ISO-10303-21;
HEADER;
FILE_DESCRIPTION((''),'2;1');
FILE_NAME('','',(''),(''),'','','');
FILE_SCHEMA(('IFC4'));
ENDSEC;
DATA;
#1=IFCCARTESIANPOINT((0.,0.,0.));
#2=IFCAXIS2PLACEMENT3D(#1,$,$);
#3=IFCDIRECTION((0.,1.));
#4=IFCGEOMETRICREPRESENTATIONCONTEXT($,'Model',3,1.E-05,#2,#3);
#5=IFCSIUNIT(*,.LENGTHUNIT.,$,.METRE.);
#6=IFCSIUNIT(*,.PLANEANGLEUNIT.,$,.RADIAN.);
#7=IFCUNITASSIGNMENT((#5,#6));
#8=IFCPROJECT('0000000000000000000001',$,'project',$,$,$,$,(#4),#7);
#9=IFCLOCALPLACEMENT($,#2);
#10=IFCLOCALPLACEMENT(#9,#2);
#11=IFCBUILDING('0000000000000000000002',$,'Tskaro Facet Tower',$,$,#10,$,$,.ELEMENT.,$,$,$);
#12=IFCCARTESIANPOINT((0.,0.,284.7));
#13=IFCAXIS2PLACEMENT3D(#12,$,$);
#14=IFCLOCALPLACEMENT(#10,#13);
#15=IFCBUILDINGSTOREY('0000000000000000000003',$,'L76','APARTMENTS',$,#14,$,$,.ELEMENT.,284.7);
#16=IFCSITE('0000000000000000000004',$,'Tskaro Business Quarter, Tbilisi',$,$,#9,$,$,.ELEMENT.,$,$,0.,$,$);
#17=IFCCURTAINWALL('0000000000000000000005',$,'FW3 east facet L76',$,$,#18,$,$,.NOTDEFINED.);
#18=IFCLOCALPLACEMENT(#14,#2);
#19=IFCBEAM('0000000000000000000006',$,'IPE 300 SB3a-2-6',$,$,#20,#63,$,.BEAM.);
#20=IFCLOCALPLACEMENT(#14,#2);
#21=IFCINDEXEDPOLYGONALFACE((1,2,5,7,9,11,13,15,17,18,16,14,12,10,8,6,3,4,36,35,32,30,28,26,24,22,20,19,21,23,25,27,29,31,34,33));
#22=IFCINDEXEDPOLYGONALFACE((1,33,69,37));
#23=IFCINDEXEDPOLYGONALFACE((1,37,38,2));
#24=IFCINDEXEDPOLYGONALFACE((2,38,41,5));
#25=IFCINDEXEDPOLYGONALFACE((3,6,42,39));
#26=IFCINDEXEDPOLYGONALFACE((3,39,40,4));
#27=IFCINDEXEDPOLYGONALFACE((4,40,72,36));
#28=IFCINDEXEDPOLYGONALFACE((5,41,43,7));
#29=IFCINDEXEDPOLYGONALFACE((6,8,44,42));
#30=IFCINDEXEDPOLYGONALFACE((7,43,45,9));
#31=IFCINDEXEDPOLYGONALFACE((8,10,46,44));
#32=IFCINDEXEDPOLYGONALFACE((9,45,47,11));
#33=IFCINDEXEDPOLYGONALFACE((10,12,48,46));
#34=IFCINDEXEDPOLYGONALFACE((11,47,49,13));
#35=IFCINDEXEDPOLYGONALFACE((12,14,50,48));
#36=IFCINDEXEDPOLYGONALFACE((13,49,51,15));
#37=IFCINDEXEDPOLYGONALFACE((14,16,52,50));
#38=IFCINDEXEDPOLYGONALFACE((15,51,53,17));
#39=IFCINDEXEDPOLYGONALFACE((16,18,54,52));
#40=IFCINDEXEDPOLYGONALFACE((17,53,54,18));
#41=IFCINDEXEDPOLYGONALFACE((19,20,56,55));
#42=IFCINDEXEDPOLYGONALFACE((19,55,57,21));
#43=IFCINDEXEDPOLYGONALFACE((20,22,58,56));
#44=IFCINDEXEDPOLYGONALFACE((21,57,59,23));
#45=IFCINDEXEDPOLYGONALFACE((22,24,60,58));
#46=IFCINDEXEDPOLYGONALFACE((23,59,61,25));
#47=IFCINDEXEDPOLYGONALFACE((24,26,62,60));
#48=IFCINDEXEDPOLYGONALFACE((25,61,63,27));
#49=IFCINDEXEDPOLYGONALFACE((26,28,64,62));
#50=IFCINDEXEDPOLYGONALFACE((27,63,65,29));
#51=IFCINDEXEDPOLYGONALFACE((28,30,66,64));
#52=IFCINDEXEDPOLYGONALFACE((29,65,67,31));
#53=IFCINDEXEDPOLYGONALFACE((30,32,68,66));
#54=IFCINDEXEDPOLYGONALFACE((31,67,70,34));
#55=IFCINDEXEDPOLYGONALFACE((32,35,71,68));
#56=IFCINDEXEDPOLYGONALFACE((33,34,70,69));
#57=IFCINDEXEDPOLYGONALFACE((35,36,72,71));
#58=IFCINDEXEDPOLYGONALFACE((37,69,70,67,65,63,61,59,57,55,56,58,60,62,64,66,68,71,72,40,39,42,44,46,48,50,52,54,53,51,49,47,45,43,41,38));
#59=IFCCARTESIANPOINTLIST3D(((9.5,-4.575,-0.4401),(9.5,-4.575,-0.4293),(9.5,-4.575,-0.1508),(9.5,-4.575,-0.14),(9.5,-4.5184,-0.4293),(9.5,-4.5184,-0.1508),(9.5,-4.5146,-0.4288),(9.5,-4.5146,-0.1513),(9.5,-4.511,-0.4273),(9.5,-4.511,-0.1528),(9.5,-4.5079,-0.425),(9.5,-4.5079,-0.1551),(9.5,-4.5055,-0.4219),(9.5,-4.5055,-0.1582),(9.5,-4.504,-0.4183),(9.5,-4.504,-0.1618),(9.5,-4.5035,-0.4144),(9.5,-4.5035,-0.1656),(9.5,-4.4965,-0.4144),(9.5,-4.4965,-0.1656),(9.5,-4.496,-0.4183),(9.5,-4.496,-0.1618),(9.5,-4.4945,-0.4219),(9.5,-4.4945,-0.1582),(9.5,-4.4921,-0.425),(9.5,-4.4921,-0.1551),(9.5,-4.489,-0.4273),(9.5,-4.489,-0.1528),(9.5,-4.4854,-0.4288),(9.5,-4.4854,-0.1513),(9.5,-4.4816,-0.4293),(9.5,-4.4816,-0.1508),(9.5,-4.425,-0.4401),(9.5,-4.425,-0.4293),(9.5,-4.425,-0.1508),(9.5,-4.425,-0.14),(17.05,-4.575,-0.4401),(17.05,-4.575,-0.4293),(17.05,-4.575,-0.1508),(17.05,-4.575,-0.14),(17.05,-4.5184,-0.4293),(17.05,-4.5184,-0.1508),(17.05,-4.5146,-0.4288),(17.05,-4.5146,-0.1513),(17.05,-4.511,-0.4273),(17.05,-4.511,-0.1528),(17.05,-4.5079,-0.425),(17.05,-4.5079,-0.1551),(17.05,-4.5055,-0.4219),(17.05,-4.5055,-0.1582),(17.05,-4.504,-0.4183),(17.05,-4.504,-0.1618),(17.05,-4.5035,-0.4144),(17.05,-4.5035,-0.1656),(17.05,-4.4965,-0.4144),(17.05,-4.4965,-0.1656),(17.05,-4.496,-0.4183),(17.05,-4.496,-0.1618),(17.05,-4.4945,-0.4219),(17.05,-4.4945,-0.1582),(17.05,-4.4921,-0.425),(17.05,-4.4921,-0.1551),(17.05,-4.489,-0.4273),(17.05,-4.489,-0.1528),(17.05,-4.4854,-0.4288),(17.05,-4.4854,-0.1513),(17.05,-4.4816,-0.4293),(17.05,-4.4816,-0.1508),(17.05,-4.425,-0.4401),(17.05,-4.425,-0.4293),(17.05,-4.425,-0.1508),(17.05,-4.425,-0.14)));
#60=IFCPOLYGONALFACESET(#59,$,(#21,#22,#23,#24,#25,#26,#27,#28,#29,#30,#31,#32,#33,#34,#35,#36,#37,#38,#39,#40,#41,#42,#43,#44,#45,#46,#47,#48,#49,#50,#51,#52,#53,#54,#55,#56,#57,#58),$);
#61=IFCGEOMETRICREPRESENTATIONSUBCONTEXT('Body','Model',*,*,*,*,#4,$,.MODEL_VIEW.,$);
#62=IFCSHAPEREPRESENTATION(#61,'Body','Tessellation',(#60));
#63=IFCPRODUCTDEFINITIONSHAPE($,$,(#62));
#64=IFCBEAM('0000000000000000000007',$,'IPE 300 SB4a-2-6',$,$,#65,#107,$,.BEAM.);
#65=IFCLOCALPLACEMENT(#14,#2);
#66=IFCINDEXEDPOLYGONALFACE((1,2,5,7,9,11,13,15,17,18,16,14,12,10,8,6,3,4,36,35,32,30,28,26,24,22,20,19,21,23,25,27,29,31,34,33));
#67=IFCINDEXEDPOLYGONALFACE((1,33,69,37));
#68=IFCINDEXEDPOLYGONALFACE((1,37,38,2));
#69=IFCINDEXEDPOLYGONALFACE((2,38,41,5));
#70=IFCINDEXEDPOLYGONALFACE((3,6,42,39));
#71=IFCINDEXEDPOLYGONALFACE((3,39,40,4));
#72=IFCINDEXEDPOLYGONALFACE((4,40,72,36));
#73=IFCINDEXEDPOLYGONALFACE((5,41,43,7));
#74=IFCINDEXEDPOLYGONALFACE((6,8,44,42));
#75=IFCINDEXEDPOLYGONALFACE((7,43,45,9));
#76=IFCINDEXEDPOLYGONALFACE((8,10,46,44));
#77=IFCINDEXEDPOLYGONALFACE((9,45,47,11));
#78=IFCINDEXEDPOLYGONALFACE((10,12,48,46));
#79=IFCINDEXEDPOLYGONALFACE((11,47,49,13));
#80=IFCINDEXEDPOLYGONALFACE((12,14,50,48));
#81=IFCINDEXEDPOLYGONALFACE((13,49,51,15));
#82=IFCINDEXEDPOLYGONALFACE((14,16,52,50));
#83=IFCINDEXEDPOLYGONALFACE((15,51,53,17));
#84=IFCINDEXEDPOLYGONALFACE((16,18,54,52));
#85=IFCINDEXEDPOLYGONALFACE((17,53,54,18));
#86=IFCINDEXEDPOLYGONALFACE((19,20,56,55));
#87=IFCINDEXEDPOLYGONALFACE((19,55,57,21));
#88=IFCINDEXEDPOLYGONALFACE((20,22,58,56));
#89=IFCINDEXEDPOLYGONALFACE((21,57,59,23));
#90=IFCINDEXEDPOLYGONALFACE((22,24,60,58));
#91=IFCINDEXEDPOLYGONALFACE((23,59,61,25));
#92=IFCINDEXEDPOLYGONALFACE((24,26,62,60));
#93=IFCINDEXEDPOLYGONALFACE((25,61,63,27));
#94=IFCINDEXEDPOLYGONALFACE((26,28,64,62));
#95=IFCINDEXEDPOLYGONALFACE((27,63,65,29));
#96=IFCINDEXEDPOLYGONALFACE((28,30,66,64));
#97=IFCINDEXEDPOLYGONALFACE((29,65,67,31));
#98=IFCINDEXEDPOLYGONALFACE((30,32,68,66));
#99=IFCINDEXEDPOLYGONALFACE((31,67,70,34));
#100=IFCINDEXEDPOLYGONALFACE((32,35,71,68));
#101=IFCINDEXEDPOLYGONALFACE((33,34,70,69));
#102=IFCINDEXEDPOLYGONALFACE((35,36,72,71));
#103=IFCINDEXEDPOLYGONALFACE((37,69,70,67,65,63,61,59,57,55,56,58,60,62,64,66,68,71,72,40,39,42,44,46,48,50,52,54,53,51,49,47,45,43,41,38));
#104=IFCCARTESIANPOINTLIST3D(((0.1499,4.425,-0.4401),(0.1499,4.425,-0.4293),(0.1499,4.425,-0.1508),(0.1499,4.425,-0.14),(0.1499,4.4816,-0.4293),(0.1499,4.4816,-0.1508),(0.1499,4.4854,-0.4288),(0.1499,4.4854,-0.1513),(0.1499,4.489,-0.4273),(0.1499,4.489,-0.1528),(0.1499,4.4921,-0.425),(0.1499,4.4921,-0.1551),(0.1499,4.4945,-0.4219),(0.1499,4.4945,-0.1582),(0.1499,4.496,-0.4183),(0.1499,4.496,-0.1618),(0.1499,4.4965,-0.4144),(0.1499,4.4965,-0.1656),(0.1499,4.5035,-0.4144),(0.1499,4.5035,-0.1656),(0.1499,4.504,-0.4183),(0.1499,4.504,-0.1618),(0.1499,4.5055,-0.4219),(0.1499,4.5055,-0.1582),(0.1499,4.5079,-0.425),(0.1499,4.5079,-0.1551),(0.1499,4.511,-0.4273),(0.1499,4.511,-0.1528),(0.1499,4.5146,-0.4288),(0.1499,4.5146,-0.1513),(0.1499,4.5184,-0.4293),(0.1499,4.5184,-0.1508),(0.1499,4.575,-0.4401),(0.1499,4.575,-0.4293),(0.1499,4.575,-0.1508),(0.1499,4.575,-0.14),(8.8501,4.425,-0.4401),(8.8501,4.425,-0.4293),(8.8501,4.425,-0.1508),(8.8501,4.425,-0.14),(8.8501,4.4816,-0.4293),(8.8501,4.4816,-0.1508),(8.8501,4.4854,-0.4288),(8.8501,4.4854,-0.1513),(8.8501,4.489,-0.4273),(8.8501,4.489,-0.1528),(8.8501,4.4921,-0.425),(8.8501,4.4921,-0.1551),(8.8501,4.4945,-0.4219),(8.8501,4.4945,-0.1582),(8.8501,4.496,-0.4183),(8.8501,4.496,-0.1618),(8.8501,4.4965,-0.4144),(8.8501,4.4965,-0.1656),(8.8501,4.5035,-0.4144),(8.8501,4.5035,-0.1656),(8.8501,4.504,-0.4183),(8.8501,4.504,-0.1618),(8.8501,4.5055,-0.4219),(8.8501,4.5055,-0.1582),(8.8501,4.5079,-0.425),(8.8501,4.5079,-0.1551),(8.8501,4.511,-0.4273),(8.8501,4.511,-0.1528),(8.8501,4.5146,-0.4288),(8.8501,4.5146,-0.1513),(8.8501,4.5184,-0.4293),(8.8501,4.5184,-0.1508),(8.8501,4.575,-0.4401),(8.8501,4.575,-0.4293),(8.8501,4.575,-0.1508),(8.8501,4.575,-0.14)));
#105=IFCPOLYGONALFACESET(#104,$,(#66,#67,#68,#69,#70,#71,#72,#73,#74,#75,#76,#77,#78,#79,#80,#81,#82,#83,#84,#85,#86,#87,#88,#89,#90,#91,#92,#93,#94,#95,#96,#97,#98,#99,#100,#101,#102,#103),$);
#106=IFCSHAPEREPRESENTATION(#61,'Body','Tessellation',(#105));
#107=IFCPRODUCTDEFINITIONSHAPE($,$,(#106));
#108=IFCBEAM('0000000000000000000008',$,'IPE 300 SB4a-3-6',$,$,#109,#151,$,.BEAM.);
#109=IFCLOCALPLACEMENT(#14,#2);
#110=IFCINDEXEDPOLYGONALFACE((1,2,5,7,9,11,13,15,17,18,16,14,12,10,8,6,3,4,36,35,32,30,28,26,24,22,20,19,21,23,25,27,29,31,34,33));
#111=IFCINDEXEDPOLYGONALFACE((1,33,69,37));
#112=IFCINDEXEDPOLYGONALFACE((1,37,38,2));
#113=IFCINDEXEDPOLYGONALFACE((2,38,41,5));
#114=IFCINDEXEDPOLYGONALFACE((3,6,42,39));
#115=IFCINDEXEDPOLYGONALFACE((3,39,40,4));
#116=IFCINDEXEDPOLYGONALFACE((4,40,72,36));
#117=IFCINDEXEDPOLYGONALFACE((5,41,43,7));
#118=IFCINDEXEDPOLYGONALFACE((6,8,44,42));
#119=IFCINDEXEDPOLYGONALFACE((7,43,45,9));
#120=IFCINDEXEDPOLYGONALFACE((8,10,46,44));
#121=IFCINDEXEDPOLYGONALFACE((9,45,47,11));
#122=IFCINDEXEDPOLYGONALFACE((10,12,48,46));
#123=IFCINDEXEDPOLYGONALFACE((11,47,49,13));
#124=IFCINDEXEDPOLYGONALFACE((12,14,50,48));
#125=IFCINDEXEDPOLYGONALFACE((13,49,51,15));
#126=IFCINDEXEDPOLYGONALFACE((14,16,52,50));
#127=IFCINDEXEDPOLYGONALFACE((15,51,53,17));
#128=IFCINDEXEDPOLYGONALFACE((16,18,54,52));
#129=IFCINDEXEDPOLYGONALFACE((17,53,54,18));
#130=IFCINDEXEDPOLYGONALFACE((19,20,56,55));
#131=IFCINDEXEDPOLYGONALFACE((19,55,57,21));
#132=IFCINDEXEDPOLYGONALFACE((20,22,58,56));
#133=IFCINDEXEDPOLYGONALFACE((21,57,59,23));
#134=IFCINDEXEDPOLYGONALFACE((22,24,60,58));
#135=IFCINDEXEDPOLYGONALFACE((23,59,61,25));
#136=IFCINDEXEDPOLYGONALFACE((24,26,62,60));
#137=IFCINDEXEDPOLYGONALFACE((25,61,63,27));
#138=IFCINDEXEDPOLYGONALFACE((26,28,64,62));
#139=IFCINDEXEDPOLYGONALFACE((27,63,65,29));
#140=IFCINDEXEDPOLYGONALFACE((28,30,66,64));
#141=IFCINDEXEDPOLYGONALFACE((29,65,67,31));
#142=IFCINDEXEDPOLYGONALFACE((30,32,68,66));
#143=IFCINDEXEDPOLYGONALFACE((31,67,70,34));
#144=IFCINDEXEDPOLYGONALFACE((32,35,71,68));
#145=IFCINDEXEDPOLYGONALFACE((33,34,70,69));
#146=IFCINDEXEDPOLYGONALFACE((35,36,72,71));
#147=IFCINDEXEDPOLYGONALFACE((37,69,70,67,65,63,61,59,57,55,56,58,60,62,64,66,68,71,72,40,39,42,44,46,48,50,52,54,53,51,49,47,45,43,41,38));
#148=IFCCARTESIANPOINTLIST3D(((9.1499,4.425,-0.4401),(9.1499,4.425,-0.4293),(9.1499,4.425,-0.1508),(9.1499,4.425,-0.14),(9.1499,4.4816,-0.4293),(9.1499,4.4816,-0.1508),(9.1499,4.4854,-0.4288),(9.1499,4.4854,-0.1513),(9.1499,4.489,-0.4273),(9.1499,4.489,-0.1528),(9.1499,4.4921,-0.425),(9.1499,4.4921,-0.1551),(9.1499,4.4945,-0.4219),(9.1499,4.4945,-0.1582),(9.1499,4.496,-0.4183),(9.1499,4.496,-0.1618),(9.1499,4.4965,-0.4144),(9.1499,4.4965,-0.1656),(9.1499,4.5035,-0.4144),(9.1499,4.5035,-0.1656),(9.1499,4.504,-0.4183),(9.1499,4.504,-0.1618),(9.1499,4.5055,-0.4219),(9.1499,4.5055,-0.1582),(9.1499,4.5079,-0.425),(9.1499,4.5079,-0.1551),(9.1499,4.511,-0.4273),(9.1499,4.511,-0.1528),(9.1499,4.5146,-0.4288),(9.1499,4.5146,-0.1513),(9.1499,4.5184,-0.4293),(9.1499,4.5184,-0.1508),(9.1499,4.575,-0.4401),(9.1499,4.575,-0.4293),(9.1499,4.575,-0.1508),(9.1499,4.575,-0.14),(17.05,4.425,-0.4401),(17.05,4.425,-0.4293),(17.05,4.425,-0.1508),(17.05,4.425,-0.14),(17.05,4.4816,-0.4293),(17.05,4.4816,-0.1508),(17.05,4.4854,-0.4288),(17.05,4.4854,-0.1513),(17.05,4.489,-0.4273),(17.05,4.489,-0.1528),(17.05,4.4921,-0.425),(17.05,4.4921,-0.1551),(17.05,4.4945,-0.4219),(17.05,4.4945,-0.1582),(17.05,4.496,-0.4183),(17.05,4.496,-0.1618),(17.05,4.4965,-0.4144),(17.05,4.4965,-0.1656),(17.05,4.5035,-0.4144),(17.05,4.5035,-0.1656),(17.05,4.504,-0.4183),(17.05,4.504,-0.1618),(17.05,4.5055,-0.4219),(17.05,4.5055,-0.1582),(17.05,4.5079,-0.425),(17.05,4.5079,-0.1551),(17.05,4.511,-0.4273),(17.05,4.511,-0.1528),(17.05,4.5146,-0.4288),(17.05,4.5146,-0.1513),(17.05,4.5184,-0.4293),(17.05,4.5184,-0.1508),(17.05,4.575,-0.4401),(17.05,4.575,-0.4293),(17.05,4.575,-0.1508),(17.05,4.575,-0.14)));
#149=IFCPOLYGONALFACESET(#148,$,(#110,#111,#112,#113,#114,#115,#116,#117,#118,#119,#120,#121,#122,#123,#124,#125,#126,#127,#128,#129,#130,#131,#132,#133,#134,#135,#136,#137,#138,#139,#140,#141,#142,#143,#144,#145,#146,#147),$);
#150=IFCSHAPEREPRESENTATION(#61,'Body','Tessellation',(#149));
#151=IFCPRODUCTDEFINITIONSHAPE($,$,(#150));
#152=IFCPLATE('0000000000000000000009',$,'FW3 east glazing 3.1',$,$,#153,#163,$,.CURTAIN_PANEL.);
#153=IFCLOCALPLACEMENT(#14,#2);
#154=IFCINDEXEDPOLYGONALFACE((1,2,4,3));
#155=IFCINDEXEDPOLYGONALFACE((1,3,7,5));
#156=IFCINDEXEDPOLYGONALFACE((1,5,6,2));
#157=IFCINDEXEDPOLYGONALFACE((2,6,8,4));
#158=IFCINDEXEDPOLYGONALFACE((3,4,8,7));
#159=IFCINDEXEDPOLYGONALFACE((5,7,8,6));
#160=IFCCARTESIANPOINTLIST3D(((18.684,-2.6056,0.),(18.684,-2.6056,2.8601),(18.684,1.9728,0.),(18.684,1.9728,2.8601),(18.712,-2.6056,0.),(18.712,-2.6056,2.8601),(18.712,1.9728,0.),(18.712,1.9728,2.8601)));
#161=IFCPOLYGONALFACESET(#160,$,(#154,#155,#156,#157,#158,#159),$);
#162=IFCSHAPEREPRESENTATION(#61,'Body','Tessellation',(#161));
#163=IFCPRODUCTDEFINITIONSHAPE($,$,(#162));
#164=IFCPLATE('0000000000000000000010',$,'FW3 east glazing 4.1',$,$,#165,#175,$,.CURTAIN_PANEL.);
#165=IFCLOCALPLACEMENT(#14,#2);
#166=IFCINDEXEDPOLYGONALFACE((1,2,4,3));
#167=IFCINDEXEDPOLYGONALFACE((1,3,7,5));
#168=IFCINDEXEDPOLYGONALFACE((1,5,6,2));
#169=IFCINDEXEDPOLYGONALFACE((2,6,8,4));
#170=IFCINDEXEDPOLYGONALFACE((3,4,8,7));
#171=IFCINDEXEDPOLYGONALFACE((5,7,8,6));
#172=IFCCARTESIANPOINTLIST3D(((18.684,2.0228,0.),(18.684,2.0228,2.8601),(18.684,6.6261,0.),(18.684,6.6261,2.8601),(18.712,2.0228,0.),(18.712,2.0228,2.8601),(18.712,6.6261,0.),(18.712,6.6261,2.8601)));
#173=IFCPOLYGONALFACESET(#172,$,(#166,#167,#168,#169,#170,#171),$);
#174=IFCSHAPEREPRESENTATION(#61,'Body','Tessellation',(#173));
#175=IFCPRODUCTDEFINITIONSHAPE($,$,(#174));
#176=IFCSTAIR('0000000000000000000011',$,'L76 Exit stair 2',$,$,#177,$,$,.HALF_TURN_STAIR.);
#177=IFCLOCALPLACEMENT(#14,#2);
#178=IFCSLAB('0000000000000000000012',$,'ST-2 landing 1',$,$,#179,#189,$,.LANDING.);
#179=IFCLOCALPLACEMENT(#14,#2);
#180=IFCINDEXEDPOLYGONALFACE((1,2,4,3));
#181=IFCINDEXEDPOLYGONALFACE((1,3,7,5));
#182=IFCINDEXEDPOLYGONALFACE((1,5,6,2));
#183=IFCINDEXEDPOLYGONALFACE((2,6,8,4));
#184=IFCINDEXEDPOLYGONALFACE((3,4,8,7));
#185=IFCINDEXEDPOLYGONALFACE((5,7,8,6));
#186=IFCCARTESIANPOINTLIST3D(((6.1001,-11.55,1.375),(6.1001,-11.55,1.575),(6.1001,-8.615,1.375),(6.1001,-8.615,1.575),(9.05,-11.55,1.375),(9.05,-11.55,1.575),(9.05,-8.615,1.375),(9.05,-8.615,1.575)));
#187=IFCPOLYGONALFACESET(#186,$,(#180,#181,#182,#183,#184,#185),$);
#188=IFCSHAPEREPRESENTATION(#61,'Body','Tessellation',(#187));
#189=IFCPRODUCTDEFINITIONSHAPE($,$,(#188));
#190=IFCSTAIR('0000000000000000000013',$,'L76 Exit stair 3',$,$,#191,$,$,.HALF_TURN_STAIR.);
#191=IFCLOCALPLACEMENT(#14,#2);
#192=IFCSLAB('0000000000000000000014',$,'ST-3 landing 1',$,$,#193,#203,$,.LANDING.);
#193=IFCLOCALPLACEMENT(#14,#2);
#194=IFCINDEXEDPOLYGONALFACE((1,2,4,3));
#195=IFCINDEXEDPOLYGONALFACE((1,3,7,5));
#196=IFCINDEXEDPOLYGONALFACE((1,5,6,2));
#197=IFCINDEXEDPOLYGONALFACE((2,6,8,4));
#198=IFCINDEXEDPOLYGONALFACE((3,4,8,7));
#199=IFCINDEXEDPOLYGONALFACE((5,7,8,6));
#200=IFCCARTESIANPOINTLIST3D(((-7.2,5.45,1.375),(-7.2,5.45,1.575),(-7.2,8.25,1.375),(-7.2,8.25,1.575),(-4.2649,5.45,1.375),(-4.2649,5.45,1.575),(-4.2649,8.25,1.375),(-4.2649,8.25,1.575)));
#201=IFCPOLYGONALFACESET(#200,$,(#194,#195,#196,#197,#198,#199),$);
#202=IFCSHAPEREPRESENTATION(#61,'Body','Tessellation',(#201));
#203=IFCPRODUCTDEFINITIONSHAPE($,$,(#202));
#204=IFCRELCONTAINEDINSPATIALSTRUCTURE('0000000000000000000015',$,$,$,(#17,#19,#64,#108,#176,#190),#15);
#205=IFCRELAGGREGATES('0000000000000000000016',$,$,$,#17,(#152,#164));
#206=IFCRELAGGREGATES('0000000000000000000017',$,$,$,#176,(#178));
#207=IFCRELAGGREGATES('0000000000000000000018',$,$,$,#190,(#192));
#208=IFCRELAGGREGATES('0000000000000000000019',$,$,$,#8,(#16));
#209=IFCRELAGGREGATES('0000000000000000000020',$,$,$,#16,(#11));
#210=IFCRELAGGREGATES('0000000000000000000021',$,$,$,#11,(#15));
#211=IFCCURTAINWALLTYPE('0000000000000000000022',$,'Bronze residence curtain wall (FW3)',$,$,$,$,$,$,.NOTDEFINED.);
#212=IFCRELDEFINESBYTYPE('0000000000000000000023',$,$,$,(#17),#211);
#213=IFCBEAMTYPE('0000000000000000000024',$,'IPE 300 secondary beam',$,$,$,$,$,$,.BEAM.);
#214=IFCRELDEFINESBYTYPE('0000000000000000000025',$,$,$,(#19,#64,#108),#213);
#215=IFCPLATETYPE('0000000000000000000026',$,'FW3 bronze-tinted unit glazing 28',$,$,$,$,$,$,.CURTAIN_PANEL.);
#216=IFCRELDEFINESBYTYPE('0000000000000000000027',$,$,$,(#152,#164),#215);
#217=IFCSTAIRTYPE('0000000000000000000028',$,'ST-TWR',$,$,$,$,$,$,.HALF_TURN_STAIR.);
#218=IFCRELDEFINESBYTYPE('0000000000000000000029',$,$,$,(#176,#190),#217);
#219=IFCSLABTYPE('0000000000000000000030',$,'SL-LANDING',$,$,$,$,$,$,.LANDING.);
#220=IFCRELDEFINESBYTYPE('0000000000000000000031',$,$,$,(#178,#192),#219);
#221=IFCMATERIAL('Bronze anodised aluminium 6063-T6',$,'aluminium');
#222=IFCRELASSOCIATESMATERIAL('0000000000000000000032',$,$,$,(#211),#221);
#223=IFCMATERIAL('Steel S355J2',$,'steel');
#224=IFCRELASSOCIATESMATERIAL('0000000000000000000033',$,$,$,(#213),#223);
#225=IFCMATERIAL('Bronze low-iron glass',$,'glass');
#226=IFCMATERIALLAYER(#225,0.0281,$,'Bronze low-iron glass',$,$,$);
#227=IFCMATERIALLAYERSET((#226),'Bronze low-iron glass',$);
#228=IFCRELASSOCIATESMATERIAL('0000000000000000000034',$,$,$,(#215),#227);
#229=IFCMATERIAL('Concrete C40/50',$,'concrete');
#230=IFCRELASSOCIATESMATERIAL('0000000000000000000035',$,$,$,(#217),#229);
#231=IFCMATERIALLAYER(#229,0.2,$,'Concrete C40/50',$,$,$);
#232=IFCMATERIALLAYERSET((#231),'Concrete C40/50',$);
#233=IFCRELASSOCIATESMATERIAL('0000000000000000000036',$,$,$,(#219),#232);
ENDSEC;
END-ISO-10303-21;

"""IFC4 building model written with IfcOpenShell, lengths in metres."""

from ifc_helpers import new_model, si_unit, direction, frame, origin, origin_2d, place, context, subcontext, project, spatial, polyline, rectangle, i_section, outline, extrude, material, layer, layer_set, material_profile, profile_set, type_object, element, aggregate, save


model = new_model("IFC4")

# Units and contexts
model_context = context("Model", 3, precision=1e-05, world=origin(), true_north=direction((0.0, 1.0)))
body_context = subcontext(model_context, "Body", "Model", "MODEL_VIEW")
ifc_project = project(units=[si_unit("LENGTHUNIT", "METRE"), si_unit("PLANEANGLEUNIT", "RADIAN")], contexts=[model_context])

# Site, building, storey
site_placement = place(None, origin())
site = spatial("IfcSite", under=ifc_project, at=site_placement, Name="Tskaro Business Quarter, Tbilisi", CompositionType="ELEMENT", RefElevation=0.0)
building_placement = place(site_placement, origin())
building = spatial("IfcBuilding", under=site, at=building_placement, Name="Tskaro Facet Tower", CompositionType="ELEMENT")
storey_placement = place(building_placement, frame((0.0, 0.0, 284.7)))
storey = spatial("IfcBuildingStorey", under=building, at=storey_placement, Name="L76", Description="APARTMENTS", CompositionType="ELEMENT", Elevation=284.7)

# Shared definitions
ifc_material_1 = material(Name="Steel S355J2", Category="steel")

# Curtain wall
ifc_material_2 = material(Name="Bronze anodised aluminium 6063-T6", Category="aluminium")
curtain_wall_type = type_object("IfcCurtainWallType", Name="Bronze residence curtain wall (FW3)", PredefinedType="NOTDEFINED", material=ifc_material_2)
curtain_wall_placement = place(storey_placement, origin())
curtain_wall = element("IfcCurtainWall", 1, at=curtain_wall_placement, inside=storey, type_object=curtain_wall_type, Name="FW3 east facet L76", PredefinedType="NOTDEFINED")

# Beams
ifc_material_profile_1 = material_profile(ifc_material_1, i_section(OverallWidth=0.1499, OverallDepth=0.3, WebThickness=0.0071, FlangeThickness=0.0107, FilletRadius=0.0149, at=origin_2d()), Name="IPE 300")
ifc_profile_set_1 = profile_set([ifc_material_profile_1], Name="Steel S355J2")
beam_type_1 = type_object("IfcBeamType", Name="IPE 300 secondary beam", PredefinedType="BEAM", material=ifc_profile_set_1)
beam_1_placement = place(storey_placement, frame((9.5, -4.5, -0.29), z_axis=(1.0, 0.0, 0.0), x_axis=(0.0, 1.0, 0.0)))
element("IfcBeam", 2, at=beam_1_placement, inside=storey, type_object=beam_type_1, Name="IPE 300 SB3a-2-6", PredefinedType="BEAM", context=body_context, shape_type="SweptSolid", body=[
    extrude(i_section(OverallWidth=0.1499, OverallDepth=0.3, WebThickness=0.0071, FlangeThickness=0.0107, FilletRadius=0.0149, at=origin_2d()), origin(), (0.0, 0.0, 1.0), 7.55),
])
beam_2_placement = place(storey_placement, frame((0.1499, 4.5, -0.29), z_axis=(1.0, 0.0, 0.0), x_axis=(0.0, 1.0, 0.0)))
element("IfcBeam", 3, at=beam_2_placement, inside=storey, type_object=beam_type_1, Name="IPE 300 SB4a-2-6", PredefinedType="BEAM", context=body_context, shape_type="SweptSolid", body=[
    extrude(i_section(OverallWidth=0.1499, OverallDepth=0.3, WebThickness=0.0071, FlangeThickness=0.0107, FilletRadius=0.0149, at=origin_2d()), origin(), (0.0, 0.0, 1.0), 8.7002),
])
beam_3_placement = place(storey_placement, frame((9.1499, 4.5, -0.29), z_axis=(1.0, 0.0, 0.0), x_axis=(0.0, 1.0, 0.0)))
element("IfcBeam", 4, at=beam_3_placement, inside=storey, type_object=beam_type_1, Name="IPE 300 SB4a-3-6", PredefinedType="BEAM", context=body_context, shape_type="SweptSolid", body=[
    extrude(i_section(OverallWidth=0.1499, OverallDepth=0.3, WebThickness=0.0071, FlangeThickness=0.0107, FilletRadius=0.0149, at=origin_2d()), origin(), (0.0, 0.0, 1.0), 7.9001),
])

# Plates
ifc_material_3 = material(Name="Bronze low-iron glass", Category="glass")
ifc_layer_1 = layer(ifc_material_3, 0.0281, Name="Bronze low-iron glass")
ifc_layer_set_1 = layer_set([ifc_layer_1], Name="Bronze low-iron glass")
plate_type = type_object("IfcPlateType", Name="FW3 bronze-tinted unit glazing 28", PredefinedType="CURTAIN_PANEL", material=ifc_layer_set_1)
plate_1_placement = place(storey_placement, frame((18.698, -0.3164, 0.0), z_axis=(0.0, 0.0, 1.0), x_axis=(0.0, 1.0, 0.0)))
plate_1 = element("IfcPlate", 5, at=plate_1_placement, type_object=plate_type, Name="FW3 east glazing 3.1", PredefinedType="CURTAIN_PANEL", context=body_context, shape_type="SweptSolid", body=[
    extrude(rectangle(XDim=4.5784, YDim=0.0281, at=origin_2d()), origin(), (0.0, 0.0, 1.0), 2.8601),
])
plate_2_placement = place(storey_placement, frame((18.698, 4.3245, 0.0), z_axis=(0.0, 0.0, 1.0), x_axis=(0.0, 1.0, 0.0)))
plate_2 = element("IfcPlate", 6, at=plate_2_placement, type_object=plate_type, Name="FW3 east glazing 4.1", PredefinedType="CURTAIN_PANEL", context=body_context, shape_type="SweptSolid", body=[
    extrude(rectangle(XDim=4.6033, YDim=0.0281, at=origin_2d()), origin(), (0.0, 0.0, 1.0), 2.8601),
])
aggregate(curtain_wall, [plate_1, plate_2])

# Stairs, slabs
ifc_material_4 = material(Name="Concrete C40/50", Category="concrete")
stair_type = type_object("IfcStairType", Name="ST-TWR", PredefinedType="HALF_TURN_STAIR", material=ifc_material_4)
stair_1_placement = place(storey_placement, origin())
stair_1 = element("IfcStair", 7, at=stair_1_placement, inside=storey, type_object=stair_type, Name="L76 Exit stair 2", PredefinedType="HALF_TURN_STAIR")
ifc_layer_2 = layer(ifc_material_4, 0.2, Name="Concrete C40/50")
ifc_layer_set_2 = layer_set([ifc_layer_2], Name="Concrete C40/50")
slab_type = type_object("IfcSlabType", Name="SL-LANDING", PredefinedType="LANDING", material=ifc_layer_set_2)
slab_1_placement = place(storey_placement, frame((0.0, 0.0, 1.375)))
slab_1 = element("IfcSlab", 8, at=slab_1_placement, type_object=slab_type, Name="ST-2 landing 1", PredefinedType="LANDING", context=body_context, shape_type="SweptSolid", body=[
    extrude(outline(polyline([(6.1001, -11.55), (9.05, -11.55), (9.05, -8.615), (6.1001, -8.615), (6.1001, -11.55)])), origin(), (0.0, 0.0, 1.0), 0.2),
])
aggregate(stair_1, [slab_1])
stair_2_placement = place(storey_placement, origin())
stair_2 = element("IfcStair", 9, at=stair_2_placement, inside=storey, type_object=stair_type, Name="L76 Exit stair 3", PredefinedType="HALF_TURN_STAIR")
slab_2_placement = place(storey_placement, frame((0.0, 0.0, 1.375)))
slab_2 = element("IfcSlab", 10, at=slab_2_placement, type_object=slab_type, Name="ST-3 landing 1", PredefinedType="LANDING", context=body_context, shape_type="SweptSolid", body=[
    extrude(outline(polyline([(-7.2, 5.45), (-4.2649, 5.45), (-4.2649, 8.25), (-7.2, 8.25), (-7.2, 5.45)])), origin(), (0.0, 0.0, 1.0), 0.2),
])
aggregate(stair_2, [slab_2])

save(model, "model.ifc")
